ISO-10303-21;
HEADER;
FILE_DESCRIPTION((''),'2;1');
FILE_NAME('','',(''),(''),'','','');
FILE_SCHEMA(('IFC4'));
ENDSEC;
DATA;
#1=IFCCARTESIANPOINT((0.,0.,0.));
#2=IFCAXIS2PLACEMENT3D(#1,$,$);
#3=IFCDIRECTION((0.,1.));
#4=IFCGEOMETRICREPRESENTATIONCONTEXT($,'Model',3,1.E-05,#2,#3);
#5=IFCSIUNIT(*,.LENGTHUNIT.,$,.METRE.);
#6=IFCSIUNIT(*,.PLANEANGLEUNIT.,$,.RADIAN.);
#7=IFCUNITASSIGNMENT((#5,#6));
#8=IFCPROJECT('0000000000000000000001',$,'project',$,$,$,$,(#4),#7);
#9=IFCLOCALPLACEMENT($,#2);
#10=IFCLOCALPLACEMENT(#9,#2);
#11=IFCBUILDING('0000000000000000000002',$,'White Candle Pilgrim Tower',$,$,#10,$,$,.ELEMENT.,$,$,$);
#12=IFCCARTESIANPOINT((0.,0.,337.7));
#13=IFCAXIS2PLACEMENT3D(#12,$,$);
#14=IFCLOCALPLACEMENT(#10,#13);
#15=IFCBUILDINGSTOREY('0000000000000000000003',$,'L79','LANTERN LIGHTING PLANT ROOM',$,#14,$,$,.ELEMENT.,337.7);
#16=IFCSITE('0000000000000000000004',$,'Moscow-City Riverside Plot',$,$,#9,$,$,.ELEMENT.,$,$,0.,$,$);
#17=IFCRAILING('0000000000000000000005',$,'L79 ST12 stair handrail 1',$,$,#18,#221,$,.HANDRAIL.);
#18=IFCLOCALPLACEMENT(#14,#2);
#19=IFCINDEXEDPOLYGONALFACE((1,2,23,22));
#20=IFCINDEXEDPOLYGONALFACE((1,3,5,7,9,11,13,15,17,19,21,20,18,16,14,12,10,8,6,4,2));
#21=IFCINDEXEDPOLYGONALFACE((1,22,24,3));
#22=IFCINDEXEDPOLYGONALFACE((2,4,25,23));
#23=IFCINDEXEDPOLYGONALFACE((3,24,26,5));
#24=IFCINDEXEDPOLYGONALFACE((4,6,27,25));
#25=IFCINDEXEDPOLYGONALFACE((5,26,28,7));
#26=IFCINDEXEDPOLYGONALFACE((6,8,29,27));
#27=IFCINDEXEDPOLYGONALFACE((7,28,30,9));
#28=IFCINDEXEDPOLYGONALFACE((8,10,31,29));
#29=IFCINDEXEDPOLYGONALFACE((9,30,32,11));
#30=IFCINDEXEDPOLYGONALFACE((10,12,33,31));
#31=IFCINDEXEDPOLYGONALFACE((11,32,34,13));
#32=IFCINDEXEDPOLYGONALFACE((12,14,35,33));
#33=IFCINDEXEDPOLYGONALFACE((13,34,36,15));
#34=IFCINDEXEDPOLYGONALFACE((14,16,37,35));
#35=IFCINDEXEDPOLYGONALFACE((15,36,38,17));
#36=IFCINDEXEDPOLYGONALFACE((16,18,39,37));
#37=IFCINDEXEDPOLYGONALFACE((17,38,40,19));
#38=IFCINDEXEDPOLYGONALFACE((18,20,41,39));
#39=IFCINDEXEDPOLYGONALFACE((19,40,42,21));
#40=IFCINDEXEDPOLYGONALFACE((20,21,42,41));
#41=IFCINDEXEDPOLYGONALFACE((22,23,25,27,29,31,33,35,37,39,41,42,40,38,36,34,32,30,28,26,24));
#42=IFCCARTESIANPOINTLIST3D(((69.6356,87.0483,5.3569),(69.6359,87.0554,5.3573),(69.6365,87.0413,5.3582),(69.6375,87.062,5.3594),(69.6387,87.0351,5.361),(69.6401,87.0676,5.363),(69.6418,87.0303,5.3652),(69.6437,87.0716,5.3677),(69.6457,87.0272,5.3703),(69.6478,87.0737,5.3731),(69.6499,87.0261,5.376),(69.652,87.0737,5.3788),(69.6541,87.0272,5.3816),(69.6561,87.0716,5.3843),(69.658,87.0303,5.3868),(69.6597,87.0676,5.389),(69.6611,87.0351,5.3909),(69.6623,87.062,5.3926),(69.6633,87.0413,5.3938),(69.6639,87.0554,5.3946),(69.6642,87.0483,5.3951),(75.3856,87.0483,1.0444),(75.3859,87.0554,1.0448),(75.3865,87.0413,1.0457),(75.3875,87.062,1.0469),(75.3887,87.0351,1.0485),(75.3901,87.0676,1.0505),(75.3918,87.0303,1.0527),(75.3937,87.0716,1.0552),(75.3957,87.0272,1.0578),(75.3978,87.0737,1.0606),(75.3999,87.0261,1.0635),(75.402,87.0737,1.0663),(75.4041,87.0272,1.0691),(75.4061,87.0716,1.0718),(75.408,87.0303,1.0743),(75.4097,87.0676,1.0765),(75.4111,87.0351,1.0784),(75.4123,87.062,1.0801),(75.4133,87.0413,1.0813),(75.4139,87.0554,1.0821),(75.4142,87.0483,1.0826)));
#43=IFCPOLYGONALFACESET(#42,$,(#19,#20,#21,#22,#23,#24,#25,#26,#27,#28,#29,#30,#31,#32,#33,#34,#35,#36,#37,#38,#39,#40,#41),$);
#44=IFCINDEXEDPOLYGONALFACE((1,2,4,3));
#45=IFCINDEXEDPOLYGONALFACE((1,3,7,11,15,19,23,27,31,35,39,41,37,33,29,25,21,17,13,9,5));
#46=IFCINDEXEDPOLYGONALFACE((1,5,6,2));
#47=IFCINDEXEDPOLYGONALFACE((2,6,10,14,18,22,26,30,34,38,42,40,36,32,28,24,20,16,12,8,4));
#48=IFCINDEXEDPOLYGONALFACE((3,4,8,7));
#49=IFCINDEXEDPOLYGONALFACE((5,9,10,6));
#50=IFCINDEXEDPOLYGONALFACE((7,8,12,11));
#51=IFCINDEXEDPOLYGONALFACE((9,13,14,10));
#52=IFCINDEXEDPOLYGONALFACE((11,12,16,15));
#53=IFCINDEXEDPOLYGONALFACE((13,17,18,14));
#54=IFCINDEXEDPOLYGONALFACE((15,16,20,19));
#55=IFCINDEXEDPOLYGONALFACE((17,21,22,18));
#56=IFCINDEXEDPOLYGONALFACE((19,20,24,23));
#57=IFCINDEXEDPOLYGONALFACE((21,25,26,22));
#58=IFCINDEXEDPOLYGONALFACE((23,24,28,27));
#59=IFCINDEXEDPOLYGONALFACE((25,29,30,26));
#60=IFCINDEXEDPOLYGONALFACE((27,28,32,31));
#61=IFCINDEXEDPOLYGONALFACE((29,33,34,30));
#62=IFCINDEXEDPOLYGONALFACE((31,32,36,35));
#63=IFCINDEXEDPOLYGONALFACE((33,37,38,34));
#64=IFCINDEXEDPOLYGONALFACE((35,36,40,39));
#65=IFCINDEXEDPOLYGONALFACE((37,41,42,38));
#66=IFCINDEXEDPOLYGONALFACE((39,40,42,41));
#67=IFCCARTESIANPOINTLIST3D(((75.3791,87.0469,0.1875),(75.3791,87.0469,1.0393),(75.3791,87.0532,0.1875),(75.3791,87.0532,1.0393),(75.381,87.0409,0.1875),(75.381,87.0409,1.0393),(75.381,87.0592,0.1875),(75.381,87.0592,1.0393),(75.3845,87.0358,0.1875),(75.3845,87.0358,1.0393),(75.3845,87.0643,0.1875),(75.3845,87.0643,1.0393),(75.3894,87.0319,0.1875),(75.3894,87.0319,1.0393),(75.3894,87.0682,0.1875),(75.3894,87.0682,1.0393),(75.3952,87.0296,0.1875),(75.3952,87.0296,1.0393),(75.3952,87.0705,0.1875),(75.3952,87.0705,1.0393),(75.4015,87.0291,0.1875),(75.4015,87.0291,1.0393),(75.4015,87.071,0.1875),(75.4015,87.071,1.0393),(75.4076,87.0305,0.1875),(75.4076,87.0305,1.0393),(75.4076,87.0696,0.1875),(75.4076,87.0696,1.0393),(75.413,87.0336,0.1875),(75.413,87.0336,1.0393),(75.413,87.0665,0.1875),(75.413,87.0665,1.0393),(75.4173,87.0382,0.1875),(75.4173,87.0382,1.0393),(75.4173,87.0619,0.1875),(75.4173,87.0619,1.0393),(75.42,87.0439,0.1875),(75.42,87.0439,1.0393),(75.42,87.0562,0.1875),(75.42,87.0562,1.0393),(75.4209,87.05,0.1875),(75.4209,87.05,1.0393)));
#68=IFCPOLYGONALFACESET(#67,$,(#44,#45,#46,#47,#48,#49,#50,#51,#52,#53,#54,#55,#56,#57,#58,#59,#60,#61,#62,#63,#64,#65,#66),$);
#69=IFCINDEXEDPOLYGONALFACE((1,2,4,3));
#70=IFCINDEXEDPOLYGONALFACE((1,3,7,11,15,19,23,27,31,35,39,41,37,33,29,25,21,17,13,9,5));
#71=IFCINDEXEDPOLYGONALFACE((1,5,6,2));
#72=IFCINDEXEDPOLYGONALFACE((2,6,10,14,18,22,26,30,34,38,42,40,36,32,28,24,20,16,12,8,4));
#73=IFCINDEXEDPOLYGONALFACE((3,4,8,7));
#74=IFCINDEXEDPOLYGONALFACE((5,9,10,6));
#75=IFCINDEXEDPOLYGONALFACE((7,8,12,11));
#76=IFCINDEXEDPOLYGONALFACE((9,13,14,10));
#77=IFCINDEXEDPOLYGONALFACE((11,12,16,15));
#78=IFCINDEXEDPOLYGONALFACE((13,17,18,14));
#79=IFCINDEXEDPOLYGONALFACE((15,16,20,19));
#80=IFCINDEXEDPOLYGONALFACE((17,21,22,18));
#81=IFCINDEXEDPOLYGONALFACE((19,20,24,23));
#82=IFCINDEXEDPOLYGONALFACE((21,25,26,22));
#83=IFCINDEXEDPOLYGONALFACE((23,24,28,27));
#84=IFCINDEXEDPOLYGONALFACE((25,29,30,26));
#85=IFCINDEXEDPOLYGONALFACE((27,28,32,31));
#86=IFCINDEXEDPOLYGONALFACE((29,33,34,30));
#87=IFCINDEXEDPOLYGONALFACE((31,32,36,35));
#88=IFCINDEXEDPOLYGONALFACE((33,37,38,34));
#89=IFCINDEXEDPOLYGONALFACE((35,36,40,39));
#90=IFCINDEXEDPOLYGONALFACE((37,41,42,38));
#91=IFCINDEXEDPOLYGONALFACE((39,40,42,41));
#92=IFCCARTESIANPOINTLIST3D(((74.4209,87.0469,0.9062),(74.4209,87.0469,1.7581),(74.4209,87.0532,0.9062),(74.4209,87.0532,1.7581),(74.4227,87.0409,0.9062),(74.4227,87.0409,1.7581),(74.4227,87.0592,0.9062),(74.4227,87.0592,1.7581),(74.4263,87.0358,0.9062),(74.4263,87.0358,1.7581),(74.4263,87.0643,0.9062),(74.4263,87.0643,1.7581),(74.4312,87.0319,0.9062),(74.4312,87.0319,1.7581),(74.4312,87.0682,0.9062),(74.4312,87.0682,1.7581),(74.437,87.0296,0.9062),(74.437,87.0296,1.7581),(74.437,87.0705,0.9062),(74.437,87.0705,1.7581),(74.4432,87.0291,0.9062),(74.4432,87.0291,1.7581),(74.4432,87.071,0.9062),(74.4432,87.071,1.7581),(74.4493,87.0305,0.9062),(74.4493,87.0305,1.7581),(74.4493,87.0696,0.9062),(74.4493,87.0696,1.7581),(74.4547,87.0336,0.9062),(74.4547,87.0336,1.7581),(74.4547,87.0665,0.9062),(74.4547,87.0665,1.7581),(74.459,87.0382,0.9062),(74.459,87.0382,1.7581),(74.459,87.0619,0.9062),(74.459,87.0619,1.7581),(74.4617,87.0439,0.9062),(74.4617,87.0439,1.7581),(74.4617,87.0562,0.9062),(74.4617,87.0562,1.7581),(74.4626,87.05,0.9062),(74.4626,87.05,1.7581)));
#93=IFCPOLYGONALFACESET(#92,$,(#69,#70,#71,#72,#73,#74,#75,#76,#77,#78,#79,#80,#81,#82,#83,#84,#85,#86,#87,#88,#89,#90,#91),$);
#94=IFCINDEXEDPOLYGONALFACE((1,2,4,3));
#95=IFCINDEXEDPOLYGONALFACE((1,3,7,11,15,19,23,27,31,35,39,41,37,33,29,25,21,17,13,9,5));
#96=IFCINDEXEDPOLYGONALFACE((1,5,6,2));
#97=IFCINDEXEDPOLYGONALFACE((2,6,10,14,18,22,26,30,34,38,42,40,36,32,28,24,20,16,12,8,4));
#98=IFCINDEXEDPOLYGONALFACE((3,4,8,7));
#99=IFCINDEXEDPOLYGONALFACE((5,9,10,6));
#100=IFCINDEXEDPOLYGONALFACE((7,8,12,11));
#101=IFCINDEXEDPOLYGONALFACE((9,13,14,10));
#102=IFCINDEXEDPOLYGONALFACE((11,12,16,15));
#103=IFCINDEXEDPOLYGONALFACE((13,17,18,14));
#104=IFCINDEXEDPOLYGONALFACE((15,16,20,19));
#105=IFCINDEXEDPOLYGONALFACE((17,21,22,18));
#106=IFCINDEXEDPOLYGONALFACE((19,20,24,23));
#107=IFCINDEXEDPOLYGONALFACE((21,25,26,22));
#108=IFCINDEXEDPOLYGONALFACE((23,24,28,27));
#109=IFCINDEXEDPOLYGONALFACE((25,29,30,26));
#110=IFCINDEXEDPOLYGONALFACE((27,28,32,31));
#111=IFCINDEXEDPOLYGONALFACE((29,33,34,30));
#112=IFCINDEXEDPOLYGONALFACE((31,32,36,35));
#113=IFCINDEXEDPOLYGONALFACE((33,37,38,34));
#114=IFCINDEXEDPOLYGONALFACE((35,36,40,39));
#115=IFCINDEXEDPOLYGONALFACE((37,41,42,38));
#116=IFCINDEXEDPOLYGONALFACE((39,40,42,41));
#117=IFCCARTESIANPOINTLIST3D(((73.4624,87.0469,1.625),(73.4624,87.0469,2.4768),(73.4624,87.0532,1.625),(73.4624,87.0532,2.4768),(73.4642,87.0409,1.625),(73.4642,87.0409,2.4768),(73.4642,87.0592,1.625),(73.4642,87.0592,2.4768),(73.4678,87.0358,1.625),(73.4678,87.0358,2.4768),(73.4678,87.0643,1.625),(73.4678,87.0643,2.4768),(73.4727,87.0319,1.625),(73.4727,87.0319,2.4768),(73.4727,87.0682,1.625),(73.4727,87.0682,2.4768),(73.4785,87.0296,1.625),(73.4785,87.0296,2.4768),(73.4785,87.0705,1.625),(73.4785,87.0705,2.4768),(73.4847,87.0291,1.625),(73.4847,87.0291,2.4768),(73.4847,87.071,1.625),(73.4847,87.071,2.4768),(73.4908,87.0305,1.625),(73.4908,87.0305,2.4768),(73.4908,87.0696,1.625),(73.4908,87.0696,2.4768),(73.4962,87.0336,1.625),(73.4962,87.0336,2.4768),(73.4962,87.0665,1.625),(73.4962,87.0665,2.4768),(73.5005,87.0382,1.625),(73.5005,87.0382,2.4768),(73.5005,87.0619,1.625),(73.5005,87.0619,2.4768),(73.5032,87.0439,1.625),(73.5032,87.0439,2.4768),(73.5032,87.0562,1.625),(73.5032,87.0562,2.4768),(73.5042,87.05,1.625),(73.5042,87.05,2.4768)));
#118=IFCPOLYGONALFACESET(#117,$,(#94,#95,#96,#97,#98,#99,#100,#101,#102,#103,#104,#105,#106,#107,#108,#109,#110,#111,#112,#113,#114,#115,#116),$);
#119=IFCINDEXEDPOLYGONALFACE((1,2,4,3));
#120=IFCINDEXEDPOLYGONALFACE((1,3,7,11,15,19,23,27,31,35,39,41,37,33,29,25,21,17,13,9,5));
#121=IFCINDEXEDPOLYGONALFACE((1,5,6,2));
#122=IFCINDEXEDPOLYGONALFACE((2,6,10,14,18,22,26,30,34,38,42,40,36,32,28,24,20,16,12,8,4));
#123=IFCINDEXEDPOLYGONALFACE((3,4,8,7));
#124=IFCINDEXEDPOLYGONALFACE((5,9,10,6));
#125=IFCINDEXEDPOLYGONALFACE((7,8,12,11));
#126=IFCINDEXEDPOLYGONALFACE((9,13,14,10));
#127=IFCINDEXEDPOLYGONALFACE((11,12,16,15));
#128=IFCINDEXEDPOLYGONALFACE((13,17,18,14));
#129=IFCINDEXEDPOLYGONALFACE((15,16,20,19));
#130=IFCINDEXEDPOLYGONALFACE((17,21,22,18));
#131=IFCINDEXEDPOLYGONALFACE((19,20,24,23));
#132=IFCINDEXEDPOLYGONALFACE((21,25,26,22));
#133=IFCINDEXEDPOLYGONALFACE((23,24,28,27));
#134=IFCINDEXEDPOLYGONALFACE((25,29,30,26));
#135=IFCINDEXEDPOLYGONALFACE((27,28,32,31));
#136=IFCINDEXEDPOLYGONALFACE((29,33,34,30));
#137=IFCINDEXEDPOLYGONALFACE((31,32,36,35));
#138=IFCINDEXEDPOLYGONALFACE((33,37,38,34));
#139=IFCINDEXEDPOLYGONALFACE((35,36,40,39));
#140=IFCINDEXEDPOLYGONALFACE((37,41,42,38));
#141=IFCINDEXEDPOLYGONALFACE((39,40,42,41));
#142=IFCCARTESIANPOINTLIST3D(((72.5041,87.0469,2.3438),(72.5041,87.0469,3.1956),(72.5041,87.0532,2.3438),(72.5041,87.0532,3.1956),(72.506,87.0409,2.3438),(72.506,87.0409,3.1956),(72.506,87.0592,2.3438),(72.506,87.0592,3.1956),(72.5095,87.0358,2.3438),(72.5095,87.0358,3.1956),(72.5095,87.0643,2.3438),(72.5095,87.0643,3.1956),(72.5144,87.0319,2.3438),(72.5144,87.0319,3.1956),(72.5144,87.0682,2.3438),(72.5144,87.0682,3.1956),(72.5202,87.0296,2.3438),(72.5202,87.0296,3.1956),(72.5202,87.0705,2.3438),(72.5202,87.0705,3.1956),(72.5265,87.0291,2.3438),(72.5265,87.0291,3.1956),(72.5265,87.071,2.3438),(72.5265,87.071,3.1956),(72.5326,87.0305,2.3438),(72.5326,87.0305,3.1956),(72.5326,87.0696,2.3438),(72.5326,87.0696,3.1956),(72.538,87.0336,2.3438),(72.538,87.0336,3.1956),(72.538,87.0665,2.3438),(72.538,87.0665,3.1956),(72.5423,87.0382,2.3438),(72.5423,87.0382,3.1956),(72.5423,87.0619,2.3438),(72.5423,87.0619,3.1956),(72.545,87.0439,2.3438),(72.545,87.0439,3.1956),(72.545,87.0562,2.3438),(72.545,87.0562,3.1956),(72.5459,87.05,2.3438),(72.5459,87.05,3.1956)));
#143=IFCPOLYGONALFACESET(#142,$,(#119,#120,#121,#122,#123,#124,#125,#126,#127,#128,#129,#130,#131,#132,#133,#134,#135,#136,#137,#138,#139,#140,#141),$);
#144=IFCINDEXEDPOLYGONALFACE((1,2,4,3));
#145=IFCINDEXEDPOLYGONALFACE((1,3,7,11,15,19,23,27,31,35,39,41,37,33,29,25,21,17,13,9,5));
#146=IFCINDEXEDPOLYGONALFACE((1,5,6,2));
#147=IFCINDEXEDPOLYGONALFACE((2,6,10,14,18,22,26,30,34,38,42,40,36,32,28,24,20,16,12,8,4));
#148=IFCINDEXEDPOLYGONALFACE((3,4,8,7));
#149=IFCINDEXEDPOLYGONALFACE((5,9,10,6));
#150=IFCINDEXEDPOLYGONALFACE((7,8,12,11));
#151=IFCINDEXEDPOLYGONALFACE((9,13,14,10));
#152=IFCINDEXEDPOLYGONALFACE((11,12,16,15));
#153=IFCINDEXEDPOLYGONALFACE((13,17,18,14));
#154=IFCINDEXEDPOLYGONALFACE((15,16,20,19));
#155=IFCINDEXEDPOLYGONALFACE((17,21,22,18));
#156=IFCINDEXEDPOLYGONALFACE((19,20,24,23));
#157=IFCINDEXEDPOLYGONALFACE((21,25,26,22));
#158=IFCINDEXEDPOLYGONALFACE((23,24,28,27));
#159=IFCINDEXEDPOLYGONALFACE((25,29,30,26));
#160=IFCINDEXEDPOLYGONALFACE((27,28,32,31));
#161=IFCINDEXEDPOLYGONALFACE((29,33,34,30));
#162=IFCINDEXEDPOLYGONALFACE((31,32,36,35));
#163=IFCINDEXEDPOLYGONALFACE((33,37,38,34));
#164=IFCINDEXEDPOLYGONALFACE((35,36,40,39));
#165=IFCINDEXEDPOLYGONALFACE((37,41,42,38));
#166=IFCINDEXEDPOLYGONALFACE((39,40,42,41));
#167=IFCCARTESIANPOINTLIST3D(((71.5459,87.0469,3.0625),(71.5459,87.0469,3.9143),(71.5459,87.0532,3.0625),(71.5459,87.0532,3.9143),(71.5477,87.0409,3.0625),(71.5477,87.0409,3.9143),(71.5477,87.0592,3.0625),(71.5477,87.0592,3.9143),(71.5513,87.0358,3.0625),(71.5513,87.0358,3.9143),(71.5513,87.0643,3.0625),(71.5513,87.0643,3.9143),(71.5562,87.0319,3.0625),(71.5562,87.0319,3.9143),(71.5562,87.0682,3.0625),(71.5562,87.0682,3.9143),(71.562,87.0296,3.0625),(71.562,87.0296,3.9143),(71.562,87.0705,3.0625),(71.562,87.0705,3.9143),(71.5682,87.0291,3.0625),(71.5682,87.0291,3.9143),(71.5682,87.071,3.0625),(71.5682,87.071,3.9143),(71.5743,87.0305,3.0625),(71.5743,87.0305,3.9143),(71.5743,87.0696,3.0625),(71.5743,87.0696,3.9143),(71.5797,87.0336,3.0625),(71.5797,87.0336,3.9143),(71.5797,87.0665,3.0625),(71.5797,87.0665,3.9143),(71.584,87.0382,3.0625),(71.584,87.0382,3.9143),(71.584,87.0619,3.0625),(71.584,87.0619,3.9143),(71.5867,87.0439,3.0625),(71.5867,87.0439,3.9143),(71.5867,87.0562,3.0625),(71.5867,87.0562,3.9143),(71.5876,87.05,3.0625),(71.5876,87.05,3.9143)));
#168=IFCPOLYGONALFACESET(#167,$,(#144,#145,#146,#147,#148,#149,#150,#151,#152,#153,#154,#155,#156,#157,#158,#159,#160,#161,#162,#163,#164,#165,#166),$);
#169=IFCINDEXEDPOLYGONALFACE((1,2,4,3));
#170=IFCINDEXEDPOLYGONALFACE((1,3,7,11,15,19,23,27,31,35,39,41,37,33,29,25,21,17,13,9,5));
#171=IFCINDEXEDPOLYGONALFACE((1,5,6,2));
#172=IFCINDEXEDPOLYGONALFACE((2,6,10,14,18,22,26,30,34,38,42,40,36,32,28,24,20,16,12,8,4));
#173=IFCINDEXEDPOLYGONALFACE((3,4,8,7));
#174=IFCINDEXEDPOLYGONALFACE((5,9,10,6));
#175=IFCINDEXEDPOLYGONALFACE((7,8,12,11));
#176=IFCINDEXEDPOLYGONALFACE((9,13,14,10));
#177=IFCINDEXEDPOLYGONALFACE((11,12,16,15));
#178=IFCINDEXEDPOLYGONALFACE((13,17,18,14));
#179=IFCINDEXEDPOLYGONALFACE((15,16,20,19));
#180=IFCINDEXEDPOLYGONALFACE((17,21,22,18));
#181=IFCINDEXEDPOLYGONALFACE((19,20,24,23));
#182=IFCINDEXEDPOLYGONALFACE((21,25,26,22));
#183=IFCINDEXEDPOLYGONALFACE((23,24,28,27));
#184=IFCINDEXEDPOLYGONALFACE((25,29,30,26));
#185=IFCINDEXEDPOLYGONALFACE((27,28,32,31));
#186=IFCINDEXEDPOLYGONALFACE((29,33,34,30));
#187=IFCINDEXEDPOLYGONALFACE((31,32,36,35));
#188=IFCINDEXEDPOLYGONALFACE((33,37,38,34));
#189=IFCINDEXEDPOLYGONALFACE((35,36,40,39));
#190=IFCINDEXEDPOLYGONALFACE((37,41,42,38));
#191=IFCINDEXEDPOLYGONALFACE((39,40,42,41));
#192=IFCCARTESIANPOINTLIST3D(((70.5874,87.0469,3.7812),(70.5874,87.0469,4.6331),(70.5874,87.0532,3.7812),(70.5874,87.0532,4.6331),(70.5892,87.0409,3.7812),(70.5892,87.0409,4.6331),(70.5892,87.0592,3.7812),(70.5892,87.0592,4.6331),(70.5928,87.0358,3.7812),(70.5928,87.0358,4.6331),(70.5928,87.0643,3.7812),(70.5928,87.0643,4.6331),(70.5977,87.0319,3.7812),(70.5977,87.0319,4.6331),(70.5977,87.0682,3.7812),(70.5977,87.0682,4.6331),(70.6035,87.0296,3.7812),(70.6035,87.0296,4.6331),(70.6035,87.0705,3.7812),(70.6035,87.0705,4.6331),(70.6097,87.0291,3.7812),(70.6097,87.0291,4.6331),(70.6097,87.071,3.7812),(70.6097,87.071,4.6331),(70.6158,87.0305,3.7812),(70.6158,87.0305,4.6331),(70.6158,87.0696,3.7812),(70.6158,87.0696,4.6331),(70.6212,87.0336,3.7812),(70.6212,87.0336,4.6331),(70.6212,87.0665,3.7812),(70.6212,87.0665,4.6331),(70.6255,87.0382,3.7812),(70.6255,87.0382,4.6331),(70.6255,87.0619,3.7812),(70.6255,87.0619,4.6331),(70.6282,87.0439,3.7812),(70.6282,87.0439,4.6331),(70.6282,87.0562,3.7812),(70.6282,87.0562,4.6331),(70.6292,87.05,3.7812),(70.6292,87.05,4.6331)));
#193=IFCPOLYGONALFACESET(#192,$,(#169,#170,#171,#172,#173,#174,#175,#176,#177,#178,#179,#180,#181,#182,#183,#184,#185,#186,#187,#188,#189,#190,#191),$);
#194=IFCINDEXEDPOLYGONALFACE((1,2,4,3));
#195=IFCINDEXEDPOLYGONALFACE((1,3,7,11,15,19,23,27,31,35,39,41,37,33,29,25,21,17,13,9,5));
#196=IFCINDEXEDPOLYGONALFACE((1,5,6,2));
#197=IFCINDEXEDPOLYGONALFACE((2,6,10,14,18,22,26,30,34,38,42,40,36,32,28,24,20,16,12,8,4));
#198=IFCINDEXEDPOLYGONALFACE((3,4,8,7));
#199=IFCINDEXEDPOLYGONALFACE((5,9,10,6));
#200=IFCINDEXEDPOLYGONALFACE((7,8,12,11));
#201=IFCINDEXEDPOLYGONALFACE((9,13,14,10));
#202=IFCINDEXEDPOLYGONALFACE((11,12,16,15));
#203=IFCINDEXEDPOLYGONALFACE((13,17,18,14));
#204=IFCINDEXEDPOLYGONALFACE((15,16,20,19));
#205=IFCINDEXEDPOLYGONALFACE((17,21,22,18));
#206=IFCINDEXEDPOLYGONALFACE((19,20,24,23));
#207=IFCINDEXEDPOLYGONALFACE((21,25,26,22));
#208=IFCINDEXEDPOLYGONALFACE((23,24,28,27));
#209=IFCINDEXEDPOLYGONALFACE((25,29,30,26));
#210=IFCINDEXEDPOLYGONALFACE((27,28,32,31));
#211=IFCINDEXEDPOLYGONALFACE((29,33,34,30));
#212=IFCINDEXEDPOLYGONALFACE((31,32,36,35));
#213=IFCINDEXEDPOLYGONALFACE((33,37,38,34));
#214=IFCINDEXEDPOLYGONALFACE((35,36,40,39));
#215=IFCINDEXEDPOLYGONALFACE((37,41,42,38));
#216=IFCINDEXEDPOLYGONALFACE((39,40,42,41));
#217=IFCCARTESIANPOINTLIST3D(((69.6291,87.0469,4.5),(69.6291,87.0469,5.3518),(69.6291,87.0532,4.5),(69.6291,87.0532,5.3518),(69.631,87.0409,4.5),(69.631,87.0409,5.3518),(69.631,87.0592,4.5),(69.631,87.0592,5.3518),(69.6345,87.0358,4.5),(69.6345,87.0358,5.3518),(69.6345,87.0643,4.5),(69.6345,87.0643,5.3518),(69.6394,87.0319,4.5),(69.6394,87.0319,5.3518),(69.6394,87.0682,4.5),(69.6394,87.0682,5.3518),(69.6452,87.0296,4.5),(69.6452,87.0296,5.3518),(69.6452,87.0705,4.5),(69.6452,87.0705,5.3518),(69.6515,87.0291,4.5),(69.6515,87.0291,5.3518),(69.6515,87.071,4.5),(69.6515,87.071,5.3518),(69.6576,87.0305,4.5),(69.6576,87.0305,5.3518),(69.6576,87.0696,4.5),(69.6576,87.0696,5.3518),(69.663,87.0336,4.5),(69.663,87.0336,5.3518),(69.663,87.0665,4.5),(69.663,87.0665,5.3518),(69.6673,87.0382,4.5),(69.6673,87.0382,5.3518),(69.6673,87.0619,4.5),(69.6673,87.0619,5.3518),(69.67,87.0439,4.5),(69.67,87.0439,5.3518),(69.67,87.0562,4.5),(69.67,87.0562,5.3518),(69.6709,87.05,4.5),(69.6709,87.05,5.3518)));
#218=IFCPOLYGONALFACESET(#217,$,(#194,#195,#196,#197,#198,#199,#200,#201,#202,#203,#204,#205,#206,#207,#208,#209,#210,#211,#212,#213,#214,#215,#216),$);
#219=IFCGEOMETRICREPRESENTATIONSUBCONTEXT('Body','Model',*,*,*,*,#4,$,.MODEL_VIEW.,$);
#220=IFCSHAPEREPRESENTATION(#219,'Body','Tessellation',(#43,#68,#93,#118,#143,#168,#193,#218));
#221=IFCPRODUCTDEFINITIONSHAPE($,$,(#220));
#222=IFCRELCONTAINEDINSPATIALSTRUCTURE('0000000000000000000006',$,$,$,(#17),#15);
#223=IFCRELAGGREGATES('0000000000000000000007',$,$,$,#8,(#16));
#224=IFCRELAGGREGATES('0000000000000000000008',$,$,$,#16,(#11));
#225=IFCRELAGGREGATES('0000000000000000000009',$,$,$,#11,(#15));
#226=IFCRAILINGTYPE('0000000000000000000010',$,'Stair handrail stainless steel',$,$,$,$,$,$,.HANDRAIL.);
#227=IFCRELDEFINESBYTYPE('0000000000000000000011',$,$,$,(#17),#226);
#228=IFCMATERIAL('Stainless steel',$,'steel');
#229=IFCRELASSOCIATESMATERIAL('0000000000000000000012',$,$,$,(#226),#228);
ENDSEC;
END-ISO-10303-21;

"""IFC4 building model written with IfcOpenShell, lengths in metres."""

from ifc_helpers import new_model, si_unit, direction, frame, origin, origin_2d, place, context, subcontext, project, spatial, circle, extrude, material, type_object, element, save


model = new_model("IFC4")

# Units and contexts
model_context = context("Model", 3, precision=1e-05, world=origin(), true_north=direction((0.0, 1.0)))
body_context = subcontext(model_context, "Body", "Model", "MODEL_VIEW")
ifc_project = project(units=[si_unit("LENGTHUNIT", "METRE"), si_unit("PLANEANGLEUNIT", "RADIAN")], contexts=[model_context])

# Site, building, storey
site_placement = place(None, origin())
site = spatial("IfcSite", under=ifc_project, at=site_placement, Name="Moscow-City Riverside Plot", CompositionType="ELEMENT", RefElevation=0.0)
building_placement = place(site_placement, origin())
building = spatial("IfcBuilding", under=site, at=building_placement, Name="White Candle Pilgrim Tower", CompositionType="ELEMENT")
storey_placement = place(building_placement, frame((0.0, 0.0, 337.7)))
storey = spatial("IfcBuildingStorey", under=building, at=storey_placement, Name="L79", Description="LANTERN LIGHTING PLANT ROOM", CompositionType="ELEMENT", Elevation=337.7)

# Railing
ifc_material_1 = material(Name="Stainless steel", Category="steel")
railing_type = type_object("IfcRailingType", Name="Stair handrail stainless steel", PredefinedType="HANDRAIL", material=ifc_material_1)
railing_1_placement = place(storey_placement, frame((75.3999, 87.05, 0.1875)))
element("IfcRailing", 1, at=railing_1_placement, inside=storey, type_object=railing_type, Name="L79 ST12 stair handrail 1", PredefinedType="HANDRAIL", context=body_context, shape_type="SweptSolid", body=[
    extrude(circle(Radius=0.0239, at=origin_2d()), frame((0.0, 0.0, 0.876), z_axis=(-0.8, 0.0, 0.6), x_axis=(0.0, -1.0, 0.0)), (0.0, 0.0, 1.0), 7.1875),
    extrude(circle(Radius=0.021, at=origin_2d()), origin(), (0.0, 0.0, 1.0), 0.8518),
    extrude(circle(Radius=0.021, at=origin_2d()), frame((-0.9583, 0.0, 0.7188)), (0.0, 0.0, 1.0), 0.8518),
    extrude(circle(Radius=0.021, at=origin_2d()), frame((-1.9167, 0.0, 1.4375)), (0.0, 0.0, 1.0), 0.8518),
    extrude(circle(Radius=0.021, at=origin_2d()), frame((-2.875, 0.0, 2.1562)), (0.0, 0.0, 1.0), 0.8518),
    extrude(circle(Radius=0.021, at=origin_2d()), frame((-3.8333, 0.0, 2.875)), (0.0, 0.0, 1.0), 0.8518),
    extrude(circle(Radius=0.021, at=origin_2d()), frame((-4.7917, 0.0, 3.5938)), (0.0, 0.0, 1.0), 0.8518),
    extrude(circle(Radius=0.021, at=origin_2d()), frame((-5.75, 0.0, 4.3125)), (0.0, 0.0, 1.0), 0.8518),
])

save(model, "model.ifc")
